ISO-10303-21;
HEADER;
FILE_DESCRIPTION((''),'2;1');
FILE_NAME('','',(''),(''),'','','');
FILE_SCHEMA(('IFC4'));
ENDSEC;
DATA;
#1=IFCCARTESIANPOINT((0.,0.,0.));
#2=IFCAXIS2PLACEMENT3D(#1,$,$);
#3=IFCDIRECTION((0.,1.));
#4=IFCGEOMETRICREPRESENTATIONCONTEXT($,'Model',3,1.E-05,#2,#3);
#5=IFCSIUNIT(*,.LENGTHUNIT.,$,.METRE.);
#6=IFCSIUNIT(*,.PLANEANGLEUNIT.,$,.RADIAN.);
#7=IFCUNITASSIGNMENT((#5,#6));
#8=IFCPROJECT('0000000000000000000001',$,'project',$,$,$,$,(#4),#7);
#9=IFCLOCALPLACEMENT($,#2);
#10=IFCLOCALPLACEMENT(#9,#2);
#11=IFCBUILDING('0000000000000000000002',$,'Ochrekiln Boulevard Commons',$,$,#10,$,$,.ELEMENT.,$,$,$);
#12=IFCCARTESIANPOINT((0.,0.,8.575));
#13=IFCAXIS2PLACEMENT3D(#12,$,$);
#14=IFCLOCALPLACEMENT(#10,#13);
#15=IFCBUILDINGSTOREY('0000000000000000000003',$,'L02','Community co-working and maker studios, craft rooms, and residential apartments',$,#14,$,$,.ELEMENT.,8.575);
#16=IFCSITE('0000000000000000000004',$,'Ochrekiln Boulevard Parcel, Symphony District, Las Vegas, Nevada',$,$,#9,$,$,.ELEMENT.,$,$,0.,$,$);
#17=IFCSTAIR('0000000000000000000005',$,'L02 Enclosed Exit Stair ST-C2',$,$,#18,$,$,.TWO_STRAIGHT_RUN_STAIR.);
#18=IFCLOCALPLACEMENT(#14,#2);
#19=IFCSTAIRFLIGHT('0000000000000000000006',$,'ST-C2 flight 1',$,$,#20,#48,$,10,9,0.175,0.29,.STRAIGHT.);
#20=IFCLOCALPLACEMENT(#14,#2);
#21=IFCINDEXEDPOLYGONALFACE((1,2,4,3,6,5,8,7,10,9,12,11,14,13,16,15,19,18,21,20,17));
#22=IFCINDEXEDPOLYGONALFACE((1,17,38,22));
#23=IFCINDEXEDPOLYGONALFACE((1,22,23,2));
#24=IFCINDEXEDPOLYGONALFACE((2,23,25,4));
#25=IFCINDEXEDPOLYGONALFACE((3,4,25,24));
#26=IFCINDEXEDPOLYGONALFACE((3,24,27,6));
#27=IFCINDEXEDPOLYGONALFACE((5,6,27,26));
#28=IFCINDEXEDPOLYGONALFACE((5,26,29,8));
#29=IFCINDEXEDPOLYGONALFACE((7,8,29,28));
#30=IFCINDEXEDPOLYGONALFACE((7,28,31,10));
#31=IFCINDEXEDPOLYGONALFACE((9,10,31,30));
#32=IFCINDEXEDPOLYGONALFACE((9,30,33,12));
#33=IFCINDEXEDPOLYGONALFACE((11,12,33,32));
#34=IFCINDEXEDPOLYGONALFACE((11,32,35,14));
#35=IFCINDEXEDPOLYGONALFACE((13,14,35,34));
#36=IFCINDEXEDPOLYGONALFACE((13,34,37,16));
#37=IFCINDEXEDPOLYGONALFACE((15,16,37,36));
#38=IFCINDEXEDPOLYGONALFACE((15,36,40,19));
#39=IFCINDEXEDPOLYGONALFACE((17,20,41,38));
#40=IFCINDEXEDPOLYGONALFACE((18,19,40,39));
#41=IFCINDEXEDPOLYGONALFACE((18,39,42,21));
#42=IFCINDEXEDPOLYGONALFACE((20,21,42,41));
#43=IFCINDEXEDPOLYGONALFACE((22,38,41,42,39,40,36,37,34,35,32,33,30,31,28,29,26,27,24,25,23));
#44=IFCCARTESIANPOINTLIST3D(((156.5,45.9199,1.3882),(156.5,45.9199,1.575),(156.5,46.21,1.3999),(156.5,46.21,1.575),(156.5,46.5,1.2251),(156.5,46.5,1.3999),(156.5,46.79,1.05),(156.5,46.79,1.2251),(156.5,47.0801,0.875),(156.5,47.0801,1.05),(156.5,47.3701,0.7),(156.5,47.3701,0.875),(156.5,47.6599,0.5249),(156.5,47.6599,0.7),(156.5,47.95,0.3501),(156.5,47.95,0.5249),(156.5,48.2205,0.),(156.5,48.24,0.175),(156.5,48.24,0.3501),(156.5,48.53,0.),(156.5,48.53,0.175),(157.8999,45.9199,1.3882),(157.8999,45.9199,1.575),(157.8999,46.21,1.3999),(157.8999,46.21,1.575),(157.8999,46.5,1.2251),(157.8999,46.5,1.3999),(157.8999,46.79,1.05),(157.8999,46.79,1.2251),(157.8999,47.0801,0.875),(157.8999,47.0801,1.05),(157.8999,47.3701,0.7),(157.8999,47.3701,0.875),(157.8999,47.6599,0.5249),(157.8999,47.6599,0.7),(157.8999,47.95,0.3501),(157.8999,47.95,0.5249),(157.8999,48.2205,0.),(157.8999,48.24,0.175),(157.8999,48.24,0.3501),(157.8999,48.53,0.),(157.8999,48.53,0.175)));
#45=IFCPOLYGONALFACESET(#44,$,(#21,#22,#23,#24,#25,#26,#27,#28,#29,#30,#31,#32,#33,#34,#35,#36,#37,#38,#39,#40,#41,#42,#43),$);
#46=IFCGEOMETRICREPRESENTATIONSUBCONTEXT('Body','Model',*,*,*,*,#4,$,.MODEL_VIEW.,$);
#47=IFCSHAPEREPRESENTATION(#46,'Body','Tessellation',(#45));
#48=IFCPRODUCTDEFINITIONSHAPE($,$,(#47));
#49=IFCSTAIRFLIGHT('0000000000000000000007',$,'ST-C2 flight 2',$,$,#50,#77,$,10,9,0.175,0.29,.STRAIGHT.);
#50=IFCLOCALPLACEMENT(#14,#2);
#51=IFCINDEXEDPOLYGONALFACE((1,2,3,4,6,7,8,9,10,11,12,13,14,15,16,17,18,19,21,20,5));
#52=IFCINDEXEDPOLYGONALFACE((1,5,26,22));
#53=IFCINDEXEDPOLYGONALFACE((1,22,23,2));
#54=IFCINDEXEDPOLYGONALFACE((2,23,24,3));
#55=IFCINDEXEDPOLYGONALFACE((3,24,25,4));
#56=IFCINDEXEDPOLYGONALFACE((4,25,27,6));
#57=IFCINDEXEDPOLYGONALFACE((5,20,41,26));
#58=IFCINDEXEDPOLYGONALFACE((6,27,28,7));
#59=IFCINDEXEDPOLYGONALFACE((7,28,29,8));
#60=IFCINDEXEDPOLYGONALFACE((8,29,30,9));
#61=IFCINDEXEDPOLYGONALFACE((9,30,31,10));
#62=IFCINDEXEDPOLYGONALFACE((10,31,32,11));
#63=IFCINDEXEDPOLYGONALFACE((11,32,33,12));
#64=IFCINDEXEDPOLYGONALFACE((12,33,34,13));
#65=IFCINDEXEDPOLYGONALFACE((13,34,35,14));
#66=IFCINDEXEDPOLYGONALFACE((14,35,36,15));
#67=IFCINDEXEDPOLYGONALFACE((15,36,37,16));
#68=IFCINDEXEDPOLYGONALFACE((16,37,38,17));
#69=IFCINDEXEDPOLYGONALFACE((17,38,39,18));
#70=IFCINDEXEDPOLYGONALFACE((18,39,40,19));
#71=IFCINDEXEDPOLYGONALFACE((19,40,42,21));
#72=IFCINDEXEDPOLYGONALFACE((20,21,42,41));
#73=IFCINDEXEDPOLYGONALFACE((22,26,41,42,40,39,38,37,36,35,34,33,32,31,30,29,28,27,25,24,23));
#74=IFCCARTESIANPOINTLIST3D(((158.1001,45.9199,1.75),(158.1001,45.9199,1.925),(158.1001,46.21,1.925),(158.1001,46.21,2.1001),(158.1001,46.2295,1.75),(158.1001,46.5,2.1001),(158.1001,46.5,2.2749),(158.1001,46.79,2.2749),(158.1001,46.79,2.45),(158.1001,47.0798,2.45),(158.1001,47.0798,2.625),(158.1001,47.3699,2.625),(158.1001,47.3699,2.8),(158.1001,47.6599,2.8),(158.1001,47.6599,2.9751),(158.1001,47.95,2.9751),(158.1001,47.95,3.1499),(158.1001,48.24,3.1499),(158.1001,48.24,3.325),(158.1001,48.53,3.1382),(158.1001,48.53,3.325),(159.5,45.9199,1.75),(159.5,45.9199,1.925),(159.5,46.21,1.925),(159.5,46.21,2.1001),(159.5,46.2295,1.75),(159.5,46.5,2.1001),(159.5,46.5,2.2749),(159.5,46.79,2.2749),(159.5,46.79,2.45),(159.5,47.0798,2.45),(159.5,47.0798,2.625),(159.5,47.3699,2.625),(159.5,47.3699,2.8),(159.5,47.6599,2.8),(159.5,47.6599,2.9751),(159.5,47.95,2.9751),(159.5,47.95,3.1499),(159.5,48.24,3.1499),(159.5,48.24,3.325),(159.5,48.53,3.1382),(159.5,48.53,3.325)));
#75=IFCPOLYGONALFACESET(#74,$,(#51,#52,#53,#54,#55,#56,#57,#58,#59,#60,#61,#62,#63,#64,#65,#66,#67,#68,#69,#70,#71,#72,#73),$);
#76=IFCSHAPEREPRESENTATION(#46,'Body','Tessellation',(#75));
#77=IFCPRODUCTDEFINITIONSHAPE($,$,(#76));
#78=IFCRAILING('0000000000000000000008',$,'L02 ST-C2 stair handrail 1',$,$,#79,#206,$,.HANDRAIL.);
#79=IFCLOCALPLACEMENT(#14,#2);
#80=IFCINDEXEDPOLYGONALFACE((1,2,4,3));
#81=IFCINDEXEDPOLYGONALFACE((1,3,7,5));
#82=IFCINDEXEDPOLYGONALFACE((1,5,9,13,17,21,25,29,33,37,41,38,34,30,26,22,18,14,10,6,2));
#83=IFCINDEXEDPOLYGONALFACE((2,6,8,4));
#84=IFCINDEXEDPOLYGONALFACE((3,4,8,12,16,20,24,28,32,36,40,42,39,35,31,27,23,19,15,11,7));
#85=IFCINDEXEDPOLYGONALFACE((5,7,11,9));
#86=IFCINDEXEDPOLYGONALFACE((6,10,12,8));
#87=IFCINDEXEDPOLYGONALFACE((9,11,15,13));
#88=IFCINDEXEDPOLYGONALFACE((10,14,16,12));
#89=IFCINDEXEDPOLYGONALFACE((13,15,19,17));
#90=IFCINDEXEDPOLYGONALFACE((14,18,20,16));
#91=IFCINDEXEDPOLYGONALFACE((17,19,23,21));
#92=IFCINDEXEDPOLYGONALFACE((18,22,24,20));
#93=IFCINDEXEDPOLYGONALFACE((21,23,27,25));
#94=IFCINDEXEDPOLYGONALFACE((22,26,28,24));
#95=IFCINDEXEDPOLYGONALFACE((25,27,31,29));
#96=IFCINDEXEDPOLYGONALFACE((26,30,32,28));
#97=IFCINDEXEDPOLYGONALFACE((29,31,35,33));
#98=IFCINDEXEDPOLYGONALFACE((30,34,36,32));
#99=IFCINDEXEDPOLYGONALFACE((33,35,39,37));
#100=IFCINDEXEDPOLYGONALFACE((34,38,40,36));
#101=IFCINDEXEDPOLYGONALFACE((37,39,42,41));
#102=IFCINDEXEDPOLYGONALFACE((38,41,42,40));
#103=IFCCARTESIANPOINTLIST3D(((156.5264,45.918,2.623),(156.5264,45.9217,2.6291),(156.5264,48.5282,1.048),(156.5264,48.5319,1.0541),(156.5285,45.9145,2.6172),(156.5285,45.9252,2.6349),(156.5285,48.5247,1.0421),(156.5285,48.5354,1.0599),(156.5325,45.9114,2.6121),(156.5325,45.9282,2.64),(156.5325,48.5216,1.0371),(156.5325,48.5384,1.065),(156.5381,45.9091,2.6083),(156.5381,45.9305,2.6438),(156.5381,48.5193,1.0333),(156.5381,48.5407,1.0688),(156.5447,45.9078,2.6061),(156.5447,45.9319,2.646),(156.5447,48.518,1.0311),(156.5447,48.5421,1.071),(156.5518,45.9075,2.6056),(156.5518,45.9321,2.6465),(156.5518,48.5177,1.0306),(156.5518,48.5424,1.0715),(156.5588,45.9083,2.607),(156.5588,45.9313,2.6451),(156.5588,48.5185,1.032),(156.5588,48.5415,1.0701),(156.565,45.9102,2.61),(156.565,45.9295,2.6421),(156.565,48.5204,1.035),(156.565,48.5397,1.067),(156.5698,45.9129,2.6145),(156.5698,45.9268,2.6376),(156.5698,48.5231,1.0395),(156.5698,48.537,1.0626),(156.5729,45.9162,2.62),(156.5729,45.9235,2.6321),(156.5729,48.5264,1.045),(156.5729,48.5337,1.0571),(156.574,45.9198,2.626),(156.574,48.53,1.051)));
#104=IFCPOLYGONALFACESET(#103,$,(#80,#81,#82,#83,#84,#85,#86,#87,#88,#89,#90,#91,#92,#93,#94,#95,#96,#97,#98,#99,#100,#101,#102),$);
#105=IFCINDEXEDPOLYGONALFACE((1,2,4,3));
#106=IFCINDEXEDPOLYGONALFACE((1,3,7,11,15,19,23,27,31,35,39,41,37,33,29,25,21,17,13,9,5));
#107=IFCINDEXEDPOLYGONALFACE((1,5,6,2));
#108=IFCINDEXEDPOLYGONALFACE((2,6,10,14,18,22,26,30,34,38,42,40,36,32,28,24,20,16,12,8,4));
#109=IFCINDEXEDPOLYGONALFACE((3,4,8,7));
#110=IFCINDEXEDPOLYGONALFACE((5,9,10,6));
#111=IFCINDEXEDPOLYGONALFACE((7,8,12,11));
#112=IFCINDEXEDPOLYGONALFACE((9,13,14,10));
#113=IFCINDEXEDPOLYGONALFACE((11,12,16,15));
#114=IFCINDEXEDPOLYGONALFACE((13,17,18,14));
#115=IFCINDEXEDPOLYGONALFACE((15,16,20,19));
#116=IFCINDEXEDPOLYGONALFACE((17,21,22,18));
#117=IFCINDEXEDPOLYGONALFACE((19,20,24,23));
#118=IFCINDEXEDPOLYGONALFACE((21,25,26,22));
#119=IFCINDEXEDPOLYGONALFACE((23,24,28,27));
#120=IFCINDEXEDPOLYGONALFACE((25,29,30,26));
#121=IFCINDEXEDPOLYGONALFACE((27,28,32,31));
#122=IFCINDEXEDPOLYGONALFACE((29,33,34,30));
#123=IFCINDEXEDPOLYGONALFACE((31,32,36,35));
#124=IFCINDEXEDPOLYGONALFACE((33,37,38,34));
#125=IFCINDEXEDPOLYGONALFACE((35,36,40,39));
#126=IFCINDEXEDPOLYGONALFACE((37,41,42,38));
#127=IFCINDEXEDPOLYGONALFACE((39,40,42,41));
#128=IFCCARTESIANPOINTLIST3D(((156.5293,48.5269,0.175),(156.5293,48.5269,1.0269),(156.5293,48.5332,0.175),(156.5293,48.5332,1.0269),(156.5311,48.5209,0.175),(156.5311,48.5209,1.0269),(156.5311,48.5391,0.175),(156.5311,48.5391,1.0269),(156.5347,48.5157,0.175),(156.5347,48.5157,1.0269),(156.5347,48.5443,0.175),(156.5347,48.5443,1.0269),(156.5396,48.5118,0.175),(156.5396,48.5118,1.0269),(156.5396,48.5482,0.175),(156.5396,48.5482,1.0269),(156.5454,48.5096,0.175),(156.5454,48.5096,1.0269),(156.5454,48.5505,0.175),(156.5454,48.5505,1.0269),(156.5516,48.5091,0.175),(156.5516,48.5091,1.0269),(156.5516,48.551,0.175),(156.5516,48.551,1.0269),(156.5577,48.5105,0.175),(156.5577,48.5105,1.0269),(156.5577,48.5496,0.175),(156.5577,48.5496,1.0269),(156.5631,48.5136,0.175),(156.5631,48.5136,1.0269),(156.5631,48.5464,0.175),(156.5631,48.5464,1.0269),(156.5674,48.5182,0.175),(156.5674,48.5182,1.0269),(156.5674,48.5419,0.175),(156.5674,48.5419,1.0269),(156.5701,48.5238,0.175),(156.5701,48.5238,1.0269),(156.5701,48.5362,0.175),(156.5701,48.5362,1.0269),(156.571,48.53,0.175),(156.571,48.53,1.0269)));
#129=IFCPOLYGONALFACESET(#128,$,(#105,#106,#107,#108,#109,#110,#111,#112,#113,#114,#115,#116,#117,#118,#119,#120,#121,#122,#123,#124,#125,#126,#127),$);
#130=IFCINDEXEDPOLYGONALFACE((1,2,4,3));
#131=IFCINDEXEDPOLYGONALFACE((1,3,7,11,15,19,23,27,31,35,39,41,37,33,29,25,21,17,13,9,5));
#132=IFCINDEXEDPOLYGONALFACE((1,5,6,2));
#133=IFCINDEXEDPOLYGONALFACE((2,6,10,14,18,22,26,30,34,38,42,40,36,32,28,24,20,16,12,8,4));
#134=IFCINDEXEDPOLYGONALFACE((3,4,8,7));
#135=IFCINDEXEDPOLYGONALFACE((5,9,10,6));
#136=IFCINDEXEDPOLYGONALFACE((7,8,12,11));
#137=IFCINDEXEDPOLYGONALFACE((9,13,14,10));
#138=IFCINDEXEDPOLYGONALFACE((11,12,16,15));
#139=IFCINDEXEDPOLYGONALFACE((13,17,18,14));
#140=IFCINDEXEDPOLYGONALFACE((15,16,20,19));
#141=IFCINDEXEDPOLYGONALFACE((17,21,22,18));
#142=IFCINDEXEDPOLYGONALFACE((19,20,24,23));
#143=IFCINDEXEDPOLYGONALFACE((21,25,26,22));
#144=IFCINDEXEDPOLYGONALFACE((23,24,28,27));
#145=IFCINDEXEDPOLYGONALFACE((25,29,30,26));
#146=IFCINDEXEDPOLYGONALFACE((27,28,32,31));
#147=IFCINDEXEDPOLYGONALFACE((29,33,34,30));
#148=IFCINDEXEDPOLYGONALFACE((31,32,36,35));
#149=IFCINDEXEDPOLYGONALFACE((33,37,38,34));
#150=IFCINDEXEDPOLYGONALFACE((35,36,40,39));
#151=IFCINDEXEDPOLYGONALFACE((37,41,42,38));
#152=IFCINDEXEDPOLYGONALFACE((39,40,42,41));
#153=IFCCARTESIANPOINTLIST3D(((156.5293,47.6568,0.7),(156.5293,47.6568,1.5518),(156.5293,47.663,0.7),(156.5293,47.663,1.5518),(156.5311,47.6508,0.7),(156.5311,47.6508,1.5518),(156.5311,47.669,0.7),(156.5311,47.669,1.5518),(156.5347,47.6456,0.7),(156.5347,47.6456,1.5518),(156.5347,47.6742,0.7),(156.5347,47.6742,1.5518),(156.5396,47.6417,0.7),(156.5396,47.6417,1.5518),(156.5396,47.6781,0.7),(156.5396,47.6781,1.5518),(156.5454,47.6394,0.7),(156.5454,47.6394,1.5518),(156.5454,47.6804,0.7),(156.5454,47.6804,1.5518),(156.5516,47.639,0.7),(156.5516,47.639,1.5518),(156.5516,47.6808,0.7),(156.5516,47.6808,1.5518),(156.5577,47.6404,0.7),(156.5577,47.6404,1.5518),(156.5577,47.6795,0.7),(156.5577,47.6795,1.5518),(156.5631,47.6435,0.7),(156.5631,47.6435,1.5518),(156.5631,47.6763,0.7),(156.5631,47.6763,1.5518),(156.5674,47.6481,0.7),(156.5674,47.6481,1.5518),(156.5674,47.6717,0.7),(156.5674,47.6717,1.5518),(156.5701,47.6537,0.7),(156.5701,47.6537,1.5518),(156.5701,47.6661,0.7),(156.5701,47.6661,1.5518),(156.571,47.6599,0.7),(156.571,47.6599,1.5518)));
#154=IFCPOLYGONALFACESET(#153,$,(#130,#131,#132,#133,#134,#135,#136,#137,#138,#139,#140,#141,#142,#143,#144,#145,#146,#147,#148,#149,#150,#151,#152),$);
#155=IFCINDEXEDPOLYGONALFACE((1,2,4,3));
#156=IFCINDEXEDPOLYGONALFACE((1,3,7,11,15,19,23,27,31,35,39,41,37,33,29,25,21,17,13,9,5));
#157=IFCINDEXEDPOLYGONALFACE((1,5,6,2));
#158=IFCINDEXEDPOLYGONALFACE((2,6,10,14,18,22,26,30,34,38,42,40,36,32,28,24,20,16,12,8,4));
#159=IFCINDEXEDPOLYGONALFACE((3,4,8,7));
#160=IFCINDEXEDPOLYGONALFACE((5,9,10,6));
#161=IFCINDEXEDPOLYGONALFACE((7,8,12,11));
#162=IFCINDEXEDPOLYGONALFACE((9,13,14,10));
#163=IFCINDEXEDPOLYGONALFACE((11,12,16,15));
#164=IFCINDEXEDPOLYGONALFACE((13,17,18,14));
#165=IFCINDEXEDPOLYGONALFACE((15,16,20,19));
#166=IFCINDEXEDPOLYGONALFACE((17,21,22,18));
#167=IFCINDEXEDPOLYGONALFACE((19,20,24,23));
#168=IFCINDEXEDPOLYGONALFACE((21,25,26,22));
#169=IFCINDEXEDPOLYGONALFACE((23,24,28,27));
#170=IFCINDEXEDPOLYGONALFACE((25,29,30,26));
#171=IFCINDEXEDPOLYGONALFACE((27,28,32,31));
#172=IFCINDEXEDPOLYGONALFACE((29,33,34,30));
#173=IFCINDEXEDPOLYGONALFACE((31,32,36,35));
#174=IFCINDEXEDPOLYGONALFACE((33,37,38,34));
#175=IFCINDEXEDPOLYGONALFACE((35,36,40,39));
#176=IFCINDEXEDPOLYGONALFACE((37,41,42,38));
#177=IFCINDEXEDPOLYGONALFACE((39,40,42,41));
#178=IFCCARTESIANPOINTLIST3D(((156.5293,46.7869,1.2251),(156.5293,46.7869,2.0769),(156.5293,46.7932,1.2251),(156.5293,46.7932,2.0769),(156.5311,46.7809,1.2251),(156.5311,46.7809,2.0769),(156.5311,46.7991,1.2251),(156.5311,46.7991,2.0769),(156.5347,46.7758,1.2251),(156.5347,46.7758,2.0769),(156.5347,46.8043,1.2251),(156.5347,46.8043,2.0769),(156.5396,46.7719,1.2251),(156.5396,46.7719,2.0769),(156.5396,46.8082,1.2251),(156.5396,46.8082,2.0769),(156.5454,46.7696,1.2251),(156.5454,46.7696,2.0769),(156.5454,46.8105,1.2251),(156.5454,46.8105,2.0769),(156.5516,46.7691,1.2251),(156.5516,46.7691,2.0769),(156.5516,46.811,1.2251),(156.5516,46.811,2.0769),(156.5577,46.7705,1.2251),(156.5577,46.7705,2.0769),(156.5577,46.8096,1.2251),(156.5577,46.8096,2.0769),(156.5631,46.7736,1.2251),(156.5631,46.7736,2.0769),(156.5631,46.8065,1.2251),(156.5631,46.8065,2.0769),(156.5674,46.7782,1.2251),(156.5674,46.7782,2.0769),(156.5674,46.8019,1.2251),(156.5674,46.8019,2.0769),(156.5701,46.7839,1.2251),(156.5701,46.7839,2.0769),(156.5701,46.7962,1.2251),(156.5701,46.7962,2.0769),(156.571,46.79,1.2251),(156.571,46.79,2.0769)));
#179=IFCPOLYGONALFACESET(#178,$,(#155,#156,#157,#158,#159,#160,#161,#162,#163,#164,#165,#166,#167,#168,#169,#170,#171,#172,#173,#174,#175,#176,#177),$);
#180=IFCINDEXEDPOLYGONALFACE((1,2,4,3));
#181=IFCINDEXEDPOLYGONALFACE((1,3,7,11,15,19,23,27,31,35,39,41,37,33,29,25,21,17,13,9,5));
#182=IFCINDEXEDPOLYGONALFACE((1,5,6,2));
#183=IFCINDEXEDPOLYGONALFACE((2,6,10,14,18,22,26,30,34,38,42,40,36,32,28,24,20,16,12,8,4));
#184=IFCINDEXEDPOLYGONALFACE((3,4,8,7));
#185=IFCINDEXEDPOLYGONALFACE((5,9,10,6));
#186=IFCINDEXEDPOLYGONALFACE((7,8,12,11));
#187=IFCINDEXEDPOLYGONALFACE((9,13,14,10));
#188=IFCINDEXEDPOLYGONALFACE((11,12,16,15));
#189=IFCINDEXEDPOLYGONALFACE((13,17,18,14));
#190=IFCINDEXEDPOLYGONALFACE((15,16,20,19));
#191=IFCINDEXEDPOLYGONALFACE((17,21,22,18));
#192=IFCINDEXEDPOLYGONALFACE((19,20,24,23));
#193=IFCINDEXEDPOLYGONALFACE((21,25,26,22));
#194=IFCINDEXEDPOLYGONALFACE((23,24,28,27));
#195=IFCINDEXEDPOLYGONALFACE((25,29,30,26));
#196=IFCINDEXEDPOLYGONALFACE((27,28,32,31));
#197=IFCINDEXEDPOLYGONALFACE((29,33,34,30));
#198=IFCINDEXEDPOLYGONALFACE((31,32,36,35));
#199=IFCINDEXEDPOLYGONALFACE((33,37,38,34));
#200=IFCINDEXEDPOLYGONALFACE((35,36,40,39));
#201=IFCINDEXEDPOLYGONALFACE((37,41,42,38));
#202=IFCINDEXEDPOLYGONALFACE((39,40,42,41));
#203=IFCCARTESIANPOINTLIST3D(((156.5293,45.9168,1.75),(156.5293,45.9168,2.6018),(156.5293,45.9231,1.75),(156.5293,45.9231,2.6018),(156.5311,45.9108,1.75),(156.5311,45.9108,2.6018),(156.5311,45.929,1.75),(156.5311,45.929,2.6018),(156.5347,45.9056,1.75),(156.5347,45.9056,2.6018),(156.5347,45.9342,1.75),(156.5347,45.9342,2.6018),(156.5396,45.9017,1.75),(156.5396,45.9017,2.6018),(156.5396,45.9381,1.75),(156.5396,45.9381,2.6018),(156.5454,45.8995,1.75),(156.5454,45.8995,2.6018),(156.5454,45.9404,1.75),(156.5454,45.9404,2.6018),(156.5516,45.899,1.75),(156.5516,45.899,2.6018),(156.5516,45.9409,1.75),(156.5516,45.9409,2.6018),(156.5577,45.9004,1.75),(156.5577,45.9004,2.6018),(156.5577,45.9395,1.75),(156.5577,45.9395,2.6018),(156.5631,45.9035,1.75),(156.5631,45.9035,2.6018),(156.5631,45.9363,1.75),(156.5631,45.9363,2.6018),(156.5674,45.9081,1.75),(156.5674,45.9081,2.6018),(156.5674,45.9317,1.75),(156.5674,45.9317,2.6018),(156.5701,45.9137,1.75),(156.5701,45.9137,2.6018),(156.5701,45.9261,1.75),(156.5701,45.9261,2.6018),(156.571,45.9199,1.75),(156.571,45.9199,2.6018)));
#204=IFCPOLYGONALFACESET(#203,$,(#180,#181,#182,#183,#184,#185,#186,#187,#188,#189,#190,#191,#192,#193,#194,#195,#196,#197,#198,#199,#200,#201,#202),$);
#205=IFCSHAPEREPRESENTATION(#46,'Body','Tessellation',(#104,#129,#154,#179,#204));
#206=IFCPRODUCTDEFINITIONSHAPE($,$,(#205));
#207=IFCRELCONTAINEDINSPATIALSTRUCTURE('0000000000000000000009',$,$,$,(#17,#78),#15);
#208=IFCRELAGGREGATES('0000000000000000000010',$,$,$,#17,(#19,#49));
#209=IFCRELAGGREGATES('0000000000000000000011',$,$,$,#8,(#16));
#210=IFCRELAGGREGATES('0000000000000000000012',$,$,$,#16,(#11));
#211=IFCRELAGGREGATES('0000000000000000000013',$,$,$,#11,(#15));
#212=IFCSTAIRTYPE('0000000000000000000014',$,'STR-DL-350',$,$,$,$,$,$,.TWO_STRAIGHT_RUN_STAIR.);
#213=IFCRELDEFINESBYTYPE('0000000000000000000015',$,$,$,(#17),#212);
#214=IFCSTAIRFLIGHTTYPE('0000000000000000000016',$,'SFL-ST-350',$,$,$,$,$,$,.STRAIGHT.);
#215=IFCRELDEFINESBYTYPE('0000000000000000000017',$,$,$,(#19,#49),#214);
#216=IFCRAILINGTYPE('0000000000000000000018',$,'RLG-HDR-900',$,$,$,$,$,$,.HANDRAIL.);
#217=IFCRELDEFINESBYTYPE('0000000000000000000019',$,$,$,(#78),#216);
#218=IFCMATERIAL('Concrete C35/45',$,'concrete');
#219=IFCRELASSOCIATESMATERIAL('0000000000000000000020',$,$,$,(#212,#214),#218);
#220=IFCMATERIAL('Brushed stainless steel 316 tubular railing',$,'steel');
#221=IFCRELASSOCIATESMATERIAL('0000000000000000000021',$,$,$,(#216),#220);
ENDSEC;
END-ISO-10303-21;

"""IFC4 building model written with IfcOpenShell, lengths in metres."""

from ifc_helpers import new_model, si_unit, direction, frame, origin, origin_2d, place, context, subcontext, project, spatial, polyline, circle, outline, extrude, material, type_object, element, aggregate, save


model = new_model("IFC4")

# Units and contexts
model_context = context("Model", 3, precision=1e-05, world=origin(), true_north=direction((0.0, 1.0)))
body_context = subcontext(model_context, "Body", "Model", "MODEL_VIEW")
ifc_project = project(units=[si_unit("LENGTHUNIT", "METRE"), si_unit("PLANEANGLEUNIT", "RADIAN")], contexts=[model_context])

# Site, building, storey
site_placement = place(None, origin())
site = spatial("IfcSite", under=ifc_project, at=site_placement, Name="Ochrekiln Boulevard Parcel, Symphony District, Las Vegas, Nevada", CompositionType="ELEMENT", RefElevation=0.0)
building_placement = place(site_placement, origin())
building = spatial("IfcBuilding", under=site, at=building_placement, Name="Ochrekiln Boulevard Commons", CompositionType="ELEMENT")
storey_placement = place(building_placement, frame((0.0, 0.0, 8.575)))
storey = spatial("IfcBuildingStorey", under=building, at=storey_placement, Name="L02", Description="Community co-working and maker studios, craft rooms, and residential apartments", CompositionType="ELEMENT", Elevation=8.575)

# Stair, stair flights
ifc_material_1 = material(Name="Concrete C35/45", Category="concrete")
stair_type = type_object("IfcStairType", Name="STR-DL-350", PredefinedType="TWO_STRAIGHT_RUN_STAIR", material=ifc_material_1)
stair_placement = place(storey_placement, origin())
stair = element("IfcStair", 1, at=stair_placement, inside=storey, type_object=stair_type, Name="L02 Enclosed Exit Stair ST-C2", PredefinedType="TWO_STRAIGHT_RUN_STAIR")
stair_flight_type = type_object("IfcStairFlightType", Name="SFL-ST-350", PredefinedType="STRAIGHT", material=ifc_material_1)
stair_flight_1_placement = place(storey_placement, frame((157.2, 48.53, 0.0), z_axis=(0.0, 0.0, 1.0), x_axis=(0.0, -1.0, 0.0)))
stair_flight_1 = element("IfcStairFlight", 2, at=stair_flight_1_placement, type_object=stair_flight_type, Name="ST-C2 flight 1", NumberOfRisers=10, NumberOfTreads=9, PredefinedType="STRAIGHT", RiserHeight=0.175, TreadLength=0.29, context=body_context, shape_type="SweptSolid", body=[
    extrude(outline(polyline([(0.0, 0.0), (0.0, 0.175), (0.29, 0.175), (0.29, 0.3501), (0.5801, 0.3501), (0.5801, 0.5249), (0.8701, 0.5249), (0.8701, 0.7), (1.1599, 0.7), (1.1599, 0.875), (1.45, 0.875), (1.45, 1.05), (1.74, 1.05), (1.74, 1.2251), (2.03, 1.2251), (2.03, 1.3999), (2.3201, 1.3999), (2.3201, 1.575), (2.6101, 1.575), (2.6101, 1.75), (2.6101, 1.3882), (0.3096, 0.0), (0.0, 0.0)])), frame((0.0, 0.7, 0.0), z_axis=(0.0, -1.0, 0.0), x_axis=(1.0, 0.0, 0.0)), (0.0, 0.0, 1.0), 1.3999),
])
stair_flight_2_placement = place(storey_placement, frame((158.8, 45.9199, 1.75), z_axis=(0.0, 0.0, 1.0), x_axis=(0.0, 1.0, 0.0)))
stair_flight_2 = element("IfcStairFlight", 3, at=stair_flight_2_placement, type_object=stair_flight_type, Name="ST-C2 flight 2", NumberOfRisers=10, NumberOfTreads=9, PredefinedType="STRAIGHT", RiserHeight=0.175, TreadLength=0.29, context=body_context, shape_type="SweptSolid", body=[
    extrude(outline(polyline([(0.0, 0.0), (0.0, 0.175), (0.29, 0.175), (0.29, 0.3501), (0.5801, 0.3501), (0.5801, 0.5249), (0.8701, 0.5249), (0.8701, 0.7), (1.1599, 0.7), (1.1599, 0.875), (1.45, 0.875), (1.45, 1.05), (1.74, 1.05), (1.74, 1.2251), (2.03, 1.2251), (2.03, 1.3999), (2.3201, 1.3999), (2.3201, 1.575), (2.6101, 1.575), (2.6101, 1.75), (2.6101, 1.3882), (0.3096, 0.0), (0.0, 0.0)])), frame((0.0, 0.7, 0.0), z_axis=(0.0, -1.0, 0.0), x_axis=(1.0, 0.0, 0.0)), (0.0, 0.0, 1.0), 1.3999),
])
aggregate(stair, [stair_flight_1, stair_flight_2])

# Railing
ifc_material_2 = material(Name="Brushed stainless steel 316 tubular railing", Category="steel")
railing_type_1 = type_object("IfcRailingType", Name="RLG-HDR-900", PredefinedType="HANDRAIL", material=ifc_material_2)
railing_1_placement = place(storey_placement, frame((156.55, 48.53, 0.175)))
element("IfcRailing", 4, at=railing_1_placement, inside=storey, type_object=railing_type_1, Name="L02 ST-C2 stair handrail 1", PredefinedType="HANDRAIL", context=body_context, shape_type="SweptSolid", body=[
    extrude(circle(Radius=0.0239, at=origin_2d()), frame((0.0, 0.0, 0.876), z_axis=(0.0, -0.856204, 0.516638), x_axis=(1.0, 0.0, 0.0)), (0.0, 0.0, 1.0), 3.0486),
    extrude(circle(Radius=0.021, at=origin_2d()), origin(), (0.0, 0.0, 1.0), 0.8518),
    extrude(circle(Radius=0.021, at=origin_2d()), frame((0.0, -0.8701, 0.5249)), (0.0, 0.0, 1.0), 0.8518),
    extrude(circle(Radius=0.021, at=origin_2d()), frame((0.0, -1.74, 1.05)), (0.0, 0.0, 1.0), 0.8518),
    extrude(circle(Radius=0.021, at=origin_2d()), frame((0.0, -2.6101, 1.575)), (0.0, 0.0, 1.0), 0.8518),
])

save(model, "model.ifc")
